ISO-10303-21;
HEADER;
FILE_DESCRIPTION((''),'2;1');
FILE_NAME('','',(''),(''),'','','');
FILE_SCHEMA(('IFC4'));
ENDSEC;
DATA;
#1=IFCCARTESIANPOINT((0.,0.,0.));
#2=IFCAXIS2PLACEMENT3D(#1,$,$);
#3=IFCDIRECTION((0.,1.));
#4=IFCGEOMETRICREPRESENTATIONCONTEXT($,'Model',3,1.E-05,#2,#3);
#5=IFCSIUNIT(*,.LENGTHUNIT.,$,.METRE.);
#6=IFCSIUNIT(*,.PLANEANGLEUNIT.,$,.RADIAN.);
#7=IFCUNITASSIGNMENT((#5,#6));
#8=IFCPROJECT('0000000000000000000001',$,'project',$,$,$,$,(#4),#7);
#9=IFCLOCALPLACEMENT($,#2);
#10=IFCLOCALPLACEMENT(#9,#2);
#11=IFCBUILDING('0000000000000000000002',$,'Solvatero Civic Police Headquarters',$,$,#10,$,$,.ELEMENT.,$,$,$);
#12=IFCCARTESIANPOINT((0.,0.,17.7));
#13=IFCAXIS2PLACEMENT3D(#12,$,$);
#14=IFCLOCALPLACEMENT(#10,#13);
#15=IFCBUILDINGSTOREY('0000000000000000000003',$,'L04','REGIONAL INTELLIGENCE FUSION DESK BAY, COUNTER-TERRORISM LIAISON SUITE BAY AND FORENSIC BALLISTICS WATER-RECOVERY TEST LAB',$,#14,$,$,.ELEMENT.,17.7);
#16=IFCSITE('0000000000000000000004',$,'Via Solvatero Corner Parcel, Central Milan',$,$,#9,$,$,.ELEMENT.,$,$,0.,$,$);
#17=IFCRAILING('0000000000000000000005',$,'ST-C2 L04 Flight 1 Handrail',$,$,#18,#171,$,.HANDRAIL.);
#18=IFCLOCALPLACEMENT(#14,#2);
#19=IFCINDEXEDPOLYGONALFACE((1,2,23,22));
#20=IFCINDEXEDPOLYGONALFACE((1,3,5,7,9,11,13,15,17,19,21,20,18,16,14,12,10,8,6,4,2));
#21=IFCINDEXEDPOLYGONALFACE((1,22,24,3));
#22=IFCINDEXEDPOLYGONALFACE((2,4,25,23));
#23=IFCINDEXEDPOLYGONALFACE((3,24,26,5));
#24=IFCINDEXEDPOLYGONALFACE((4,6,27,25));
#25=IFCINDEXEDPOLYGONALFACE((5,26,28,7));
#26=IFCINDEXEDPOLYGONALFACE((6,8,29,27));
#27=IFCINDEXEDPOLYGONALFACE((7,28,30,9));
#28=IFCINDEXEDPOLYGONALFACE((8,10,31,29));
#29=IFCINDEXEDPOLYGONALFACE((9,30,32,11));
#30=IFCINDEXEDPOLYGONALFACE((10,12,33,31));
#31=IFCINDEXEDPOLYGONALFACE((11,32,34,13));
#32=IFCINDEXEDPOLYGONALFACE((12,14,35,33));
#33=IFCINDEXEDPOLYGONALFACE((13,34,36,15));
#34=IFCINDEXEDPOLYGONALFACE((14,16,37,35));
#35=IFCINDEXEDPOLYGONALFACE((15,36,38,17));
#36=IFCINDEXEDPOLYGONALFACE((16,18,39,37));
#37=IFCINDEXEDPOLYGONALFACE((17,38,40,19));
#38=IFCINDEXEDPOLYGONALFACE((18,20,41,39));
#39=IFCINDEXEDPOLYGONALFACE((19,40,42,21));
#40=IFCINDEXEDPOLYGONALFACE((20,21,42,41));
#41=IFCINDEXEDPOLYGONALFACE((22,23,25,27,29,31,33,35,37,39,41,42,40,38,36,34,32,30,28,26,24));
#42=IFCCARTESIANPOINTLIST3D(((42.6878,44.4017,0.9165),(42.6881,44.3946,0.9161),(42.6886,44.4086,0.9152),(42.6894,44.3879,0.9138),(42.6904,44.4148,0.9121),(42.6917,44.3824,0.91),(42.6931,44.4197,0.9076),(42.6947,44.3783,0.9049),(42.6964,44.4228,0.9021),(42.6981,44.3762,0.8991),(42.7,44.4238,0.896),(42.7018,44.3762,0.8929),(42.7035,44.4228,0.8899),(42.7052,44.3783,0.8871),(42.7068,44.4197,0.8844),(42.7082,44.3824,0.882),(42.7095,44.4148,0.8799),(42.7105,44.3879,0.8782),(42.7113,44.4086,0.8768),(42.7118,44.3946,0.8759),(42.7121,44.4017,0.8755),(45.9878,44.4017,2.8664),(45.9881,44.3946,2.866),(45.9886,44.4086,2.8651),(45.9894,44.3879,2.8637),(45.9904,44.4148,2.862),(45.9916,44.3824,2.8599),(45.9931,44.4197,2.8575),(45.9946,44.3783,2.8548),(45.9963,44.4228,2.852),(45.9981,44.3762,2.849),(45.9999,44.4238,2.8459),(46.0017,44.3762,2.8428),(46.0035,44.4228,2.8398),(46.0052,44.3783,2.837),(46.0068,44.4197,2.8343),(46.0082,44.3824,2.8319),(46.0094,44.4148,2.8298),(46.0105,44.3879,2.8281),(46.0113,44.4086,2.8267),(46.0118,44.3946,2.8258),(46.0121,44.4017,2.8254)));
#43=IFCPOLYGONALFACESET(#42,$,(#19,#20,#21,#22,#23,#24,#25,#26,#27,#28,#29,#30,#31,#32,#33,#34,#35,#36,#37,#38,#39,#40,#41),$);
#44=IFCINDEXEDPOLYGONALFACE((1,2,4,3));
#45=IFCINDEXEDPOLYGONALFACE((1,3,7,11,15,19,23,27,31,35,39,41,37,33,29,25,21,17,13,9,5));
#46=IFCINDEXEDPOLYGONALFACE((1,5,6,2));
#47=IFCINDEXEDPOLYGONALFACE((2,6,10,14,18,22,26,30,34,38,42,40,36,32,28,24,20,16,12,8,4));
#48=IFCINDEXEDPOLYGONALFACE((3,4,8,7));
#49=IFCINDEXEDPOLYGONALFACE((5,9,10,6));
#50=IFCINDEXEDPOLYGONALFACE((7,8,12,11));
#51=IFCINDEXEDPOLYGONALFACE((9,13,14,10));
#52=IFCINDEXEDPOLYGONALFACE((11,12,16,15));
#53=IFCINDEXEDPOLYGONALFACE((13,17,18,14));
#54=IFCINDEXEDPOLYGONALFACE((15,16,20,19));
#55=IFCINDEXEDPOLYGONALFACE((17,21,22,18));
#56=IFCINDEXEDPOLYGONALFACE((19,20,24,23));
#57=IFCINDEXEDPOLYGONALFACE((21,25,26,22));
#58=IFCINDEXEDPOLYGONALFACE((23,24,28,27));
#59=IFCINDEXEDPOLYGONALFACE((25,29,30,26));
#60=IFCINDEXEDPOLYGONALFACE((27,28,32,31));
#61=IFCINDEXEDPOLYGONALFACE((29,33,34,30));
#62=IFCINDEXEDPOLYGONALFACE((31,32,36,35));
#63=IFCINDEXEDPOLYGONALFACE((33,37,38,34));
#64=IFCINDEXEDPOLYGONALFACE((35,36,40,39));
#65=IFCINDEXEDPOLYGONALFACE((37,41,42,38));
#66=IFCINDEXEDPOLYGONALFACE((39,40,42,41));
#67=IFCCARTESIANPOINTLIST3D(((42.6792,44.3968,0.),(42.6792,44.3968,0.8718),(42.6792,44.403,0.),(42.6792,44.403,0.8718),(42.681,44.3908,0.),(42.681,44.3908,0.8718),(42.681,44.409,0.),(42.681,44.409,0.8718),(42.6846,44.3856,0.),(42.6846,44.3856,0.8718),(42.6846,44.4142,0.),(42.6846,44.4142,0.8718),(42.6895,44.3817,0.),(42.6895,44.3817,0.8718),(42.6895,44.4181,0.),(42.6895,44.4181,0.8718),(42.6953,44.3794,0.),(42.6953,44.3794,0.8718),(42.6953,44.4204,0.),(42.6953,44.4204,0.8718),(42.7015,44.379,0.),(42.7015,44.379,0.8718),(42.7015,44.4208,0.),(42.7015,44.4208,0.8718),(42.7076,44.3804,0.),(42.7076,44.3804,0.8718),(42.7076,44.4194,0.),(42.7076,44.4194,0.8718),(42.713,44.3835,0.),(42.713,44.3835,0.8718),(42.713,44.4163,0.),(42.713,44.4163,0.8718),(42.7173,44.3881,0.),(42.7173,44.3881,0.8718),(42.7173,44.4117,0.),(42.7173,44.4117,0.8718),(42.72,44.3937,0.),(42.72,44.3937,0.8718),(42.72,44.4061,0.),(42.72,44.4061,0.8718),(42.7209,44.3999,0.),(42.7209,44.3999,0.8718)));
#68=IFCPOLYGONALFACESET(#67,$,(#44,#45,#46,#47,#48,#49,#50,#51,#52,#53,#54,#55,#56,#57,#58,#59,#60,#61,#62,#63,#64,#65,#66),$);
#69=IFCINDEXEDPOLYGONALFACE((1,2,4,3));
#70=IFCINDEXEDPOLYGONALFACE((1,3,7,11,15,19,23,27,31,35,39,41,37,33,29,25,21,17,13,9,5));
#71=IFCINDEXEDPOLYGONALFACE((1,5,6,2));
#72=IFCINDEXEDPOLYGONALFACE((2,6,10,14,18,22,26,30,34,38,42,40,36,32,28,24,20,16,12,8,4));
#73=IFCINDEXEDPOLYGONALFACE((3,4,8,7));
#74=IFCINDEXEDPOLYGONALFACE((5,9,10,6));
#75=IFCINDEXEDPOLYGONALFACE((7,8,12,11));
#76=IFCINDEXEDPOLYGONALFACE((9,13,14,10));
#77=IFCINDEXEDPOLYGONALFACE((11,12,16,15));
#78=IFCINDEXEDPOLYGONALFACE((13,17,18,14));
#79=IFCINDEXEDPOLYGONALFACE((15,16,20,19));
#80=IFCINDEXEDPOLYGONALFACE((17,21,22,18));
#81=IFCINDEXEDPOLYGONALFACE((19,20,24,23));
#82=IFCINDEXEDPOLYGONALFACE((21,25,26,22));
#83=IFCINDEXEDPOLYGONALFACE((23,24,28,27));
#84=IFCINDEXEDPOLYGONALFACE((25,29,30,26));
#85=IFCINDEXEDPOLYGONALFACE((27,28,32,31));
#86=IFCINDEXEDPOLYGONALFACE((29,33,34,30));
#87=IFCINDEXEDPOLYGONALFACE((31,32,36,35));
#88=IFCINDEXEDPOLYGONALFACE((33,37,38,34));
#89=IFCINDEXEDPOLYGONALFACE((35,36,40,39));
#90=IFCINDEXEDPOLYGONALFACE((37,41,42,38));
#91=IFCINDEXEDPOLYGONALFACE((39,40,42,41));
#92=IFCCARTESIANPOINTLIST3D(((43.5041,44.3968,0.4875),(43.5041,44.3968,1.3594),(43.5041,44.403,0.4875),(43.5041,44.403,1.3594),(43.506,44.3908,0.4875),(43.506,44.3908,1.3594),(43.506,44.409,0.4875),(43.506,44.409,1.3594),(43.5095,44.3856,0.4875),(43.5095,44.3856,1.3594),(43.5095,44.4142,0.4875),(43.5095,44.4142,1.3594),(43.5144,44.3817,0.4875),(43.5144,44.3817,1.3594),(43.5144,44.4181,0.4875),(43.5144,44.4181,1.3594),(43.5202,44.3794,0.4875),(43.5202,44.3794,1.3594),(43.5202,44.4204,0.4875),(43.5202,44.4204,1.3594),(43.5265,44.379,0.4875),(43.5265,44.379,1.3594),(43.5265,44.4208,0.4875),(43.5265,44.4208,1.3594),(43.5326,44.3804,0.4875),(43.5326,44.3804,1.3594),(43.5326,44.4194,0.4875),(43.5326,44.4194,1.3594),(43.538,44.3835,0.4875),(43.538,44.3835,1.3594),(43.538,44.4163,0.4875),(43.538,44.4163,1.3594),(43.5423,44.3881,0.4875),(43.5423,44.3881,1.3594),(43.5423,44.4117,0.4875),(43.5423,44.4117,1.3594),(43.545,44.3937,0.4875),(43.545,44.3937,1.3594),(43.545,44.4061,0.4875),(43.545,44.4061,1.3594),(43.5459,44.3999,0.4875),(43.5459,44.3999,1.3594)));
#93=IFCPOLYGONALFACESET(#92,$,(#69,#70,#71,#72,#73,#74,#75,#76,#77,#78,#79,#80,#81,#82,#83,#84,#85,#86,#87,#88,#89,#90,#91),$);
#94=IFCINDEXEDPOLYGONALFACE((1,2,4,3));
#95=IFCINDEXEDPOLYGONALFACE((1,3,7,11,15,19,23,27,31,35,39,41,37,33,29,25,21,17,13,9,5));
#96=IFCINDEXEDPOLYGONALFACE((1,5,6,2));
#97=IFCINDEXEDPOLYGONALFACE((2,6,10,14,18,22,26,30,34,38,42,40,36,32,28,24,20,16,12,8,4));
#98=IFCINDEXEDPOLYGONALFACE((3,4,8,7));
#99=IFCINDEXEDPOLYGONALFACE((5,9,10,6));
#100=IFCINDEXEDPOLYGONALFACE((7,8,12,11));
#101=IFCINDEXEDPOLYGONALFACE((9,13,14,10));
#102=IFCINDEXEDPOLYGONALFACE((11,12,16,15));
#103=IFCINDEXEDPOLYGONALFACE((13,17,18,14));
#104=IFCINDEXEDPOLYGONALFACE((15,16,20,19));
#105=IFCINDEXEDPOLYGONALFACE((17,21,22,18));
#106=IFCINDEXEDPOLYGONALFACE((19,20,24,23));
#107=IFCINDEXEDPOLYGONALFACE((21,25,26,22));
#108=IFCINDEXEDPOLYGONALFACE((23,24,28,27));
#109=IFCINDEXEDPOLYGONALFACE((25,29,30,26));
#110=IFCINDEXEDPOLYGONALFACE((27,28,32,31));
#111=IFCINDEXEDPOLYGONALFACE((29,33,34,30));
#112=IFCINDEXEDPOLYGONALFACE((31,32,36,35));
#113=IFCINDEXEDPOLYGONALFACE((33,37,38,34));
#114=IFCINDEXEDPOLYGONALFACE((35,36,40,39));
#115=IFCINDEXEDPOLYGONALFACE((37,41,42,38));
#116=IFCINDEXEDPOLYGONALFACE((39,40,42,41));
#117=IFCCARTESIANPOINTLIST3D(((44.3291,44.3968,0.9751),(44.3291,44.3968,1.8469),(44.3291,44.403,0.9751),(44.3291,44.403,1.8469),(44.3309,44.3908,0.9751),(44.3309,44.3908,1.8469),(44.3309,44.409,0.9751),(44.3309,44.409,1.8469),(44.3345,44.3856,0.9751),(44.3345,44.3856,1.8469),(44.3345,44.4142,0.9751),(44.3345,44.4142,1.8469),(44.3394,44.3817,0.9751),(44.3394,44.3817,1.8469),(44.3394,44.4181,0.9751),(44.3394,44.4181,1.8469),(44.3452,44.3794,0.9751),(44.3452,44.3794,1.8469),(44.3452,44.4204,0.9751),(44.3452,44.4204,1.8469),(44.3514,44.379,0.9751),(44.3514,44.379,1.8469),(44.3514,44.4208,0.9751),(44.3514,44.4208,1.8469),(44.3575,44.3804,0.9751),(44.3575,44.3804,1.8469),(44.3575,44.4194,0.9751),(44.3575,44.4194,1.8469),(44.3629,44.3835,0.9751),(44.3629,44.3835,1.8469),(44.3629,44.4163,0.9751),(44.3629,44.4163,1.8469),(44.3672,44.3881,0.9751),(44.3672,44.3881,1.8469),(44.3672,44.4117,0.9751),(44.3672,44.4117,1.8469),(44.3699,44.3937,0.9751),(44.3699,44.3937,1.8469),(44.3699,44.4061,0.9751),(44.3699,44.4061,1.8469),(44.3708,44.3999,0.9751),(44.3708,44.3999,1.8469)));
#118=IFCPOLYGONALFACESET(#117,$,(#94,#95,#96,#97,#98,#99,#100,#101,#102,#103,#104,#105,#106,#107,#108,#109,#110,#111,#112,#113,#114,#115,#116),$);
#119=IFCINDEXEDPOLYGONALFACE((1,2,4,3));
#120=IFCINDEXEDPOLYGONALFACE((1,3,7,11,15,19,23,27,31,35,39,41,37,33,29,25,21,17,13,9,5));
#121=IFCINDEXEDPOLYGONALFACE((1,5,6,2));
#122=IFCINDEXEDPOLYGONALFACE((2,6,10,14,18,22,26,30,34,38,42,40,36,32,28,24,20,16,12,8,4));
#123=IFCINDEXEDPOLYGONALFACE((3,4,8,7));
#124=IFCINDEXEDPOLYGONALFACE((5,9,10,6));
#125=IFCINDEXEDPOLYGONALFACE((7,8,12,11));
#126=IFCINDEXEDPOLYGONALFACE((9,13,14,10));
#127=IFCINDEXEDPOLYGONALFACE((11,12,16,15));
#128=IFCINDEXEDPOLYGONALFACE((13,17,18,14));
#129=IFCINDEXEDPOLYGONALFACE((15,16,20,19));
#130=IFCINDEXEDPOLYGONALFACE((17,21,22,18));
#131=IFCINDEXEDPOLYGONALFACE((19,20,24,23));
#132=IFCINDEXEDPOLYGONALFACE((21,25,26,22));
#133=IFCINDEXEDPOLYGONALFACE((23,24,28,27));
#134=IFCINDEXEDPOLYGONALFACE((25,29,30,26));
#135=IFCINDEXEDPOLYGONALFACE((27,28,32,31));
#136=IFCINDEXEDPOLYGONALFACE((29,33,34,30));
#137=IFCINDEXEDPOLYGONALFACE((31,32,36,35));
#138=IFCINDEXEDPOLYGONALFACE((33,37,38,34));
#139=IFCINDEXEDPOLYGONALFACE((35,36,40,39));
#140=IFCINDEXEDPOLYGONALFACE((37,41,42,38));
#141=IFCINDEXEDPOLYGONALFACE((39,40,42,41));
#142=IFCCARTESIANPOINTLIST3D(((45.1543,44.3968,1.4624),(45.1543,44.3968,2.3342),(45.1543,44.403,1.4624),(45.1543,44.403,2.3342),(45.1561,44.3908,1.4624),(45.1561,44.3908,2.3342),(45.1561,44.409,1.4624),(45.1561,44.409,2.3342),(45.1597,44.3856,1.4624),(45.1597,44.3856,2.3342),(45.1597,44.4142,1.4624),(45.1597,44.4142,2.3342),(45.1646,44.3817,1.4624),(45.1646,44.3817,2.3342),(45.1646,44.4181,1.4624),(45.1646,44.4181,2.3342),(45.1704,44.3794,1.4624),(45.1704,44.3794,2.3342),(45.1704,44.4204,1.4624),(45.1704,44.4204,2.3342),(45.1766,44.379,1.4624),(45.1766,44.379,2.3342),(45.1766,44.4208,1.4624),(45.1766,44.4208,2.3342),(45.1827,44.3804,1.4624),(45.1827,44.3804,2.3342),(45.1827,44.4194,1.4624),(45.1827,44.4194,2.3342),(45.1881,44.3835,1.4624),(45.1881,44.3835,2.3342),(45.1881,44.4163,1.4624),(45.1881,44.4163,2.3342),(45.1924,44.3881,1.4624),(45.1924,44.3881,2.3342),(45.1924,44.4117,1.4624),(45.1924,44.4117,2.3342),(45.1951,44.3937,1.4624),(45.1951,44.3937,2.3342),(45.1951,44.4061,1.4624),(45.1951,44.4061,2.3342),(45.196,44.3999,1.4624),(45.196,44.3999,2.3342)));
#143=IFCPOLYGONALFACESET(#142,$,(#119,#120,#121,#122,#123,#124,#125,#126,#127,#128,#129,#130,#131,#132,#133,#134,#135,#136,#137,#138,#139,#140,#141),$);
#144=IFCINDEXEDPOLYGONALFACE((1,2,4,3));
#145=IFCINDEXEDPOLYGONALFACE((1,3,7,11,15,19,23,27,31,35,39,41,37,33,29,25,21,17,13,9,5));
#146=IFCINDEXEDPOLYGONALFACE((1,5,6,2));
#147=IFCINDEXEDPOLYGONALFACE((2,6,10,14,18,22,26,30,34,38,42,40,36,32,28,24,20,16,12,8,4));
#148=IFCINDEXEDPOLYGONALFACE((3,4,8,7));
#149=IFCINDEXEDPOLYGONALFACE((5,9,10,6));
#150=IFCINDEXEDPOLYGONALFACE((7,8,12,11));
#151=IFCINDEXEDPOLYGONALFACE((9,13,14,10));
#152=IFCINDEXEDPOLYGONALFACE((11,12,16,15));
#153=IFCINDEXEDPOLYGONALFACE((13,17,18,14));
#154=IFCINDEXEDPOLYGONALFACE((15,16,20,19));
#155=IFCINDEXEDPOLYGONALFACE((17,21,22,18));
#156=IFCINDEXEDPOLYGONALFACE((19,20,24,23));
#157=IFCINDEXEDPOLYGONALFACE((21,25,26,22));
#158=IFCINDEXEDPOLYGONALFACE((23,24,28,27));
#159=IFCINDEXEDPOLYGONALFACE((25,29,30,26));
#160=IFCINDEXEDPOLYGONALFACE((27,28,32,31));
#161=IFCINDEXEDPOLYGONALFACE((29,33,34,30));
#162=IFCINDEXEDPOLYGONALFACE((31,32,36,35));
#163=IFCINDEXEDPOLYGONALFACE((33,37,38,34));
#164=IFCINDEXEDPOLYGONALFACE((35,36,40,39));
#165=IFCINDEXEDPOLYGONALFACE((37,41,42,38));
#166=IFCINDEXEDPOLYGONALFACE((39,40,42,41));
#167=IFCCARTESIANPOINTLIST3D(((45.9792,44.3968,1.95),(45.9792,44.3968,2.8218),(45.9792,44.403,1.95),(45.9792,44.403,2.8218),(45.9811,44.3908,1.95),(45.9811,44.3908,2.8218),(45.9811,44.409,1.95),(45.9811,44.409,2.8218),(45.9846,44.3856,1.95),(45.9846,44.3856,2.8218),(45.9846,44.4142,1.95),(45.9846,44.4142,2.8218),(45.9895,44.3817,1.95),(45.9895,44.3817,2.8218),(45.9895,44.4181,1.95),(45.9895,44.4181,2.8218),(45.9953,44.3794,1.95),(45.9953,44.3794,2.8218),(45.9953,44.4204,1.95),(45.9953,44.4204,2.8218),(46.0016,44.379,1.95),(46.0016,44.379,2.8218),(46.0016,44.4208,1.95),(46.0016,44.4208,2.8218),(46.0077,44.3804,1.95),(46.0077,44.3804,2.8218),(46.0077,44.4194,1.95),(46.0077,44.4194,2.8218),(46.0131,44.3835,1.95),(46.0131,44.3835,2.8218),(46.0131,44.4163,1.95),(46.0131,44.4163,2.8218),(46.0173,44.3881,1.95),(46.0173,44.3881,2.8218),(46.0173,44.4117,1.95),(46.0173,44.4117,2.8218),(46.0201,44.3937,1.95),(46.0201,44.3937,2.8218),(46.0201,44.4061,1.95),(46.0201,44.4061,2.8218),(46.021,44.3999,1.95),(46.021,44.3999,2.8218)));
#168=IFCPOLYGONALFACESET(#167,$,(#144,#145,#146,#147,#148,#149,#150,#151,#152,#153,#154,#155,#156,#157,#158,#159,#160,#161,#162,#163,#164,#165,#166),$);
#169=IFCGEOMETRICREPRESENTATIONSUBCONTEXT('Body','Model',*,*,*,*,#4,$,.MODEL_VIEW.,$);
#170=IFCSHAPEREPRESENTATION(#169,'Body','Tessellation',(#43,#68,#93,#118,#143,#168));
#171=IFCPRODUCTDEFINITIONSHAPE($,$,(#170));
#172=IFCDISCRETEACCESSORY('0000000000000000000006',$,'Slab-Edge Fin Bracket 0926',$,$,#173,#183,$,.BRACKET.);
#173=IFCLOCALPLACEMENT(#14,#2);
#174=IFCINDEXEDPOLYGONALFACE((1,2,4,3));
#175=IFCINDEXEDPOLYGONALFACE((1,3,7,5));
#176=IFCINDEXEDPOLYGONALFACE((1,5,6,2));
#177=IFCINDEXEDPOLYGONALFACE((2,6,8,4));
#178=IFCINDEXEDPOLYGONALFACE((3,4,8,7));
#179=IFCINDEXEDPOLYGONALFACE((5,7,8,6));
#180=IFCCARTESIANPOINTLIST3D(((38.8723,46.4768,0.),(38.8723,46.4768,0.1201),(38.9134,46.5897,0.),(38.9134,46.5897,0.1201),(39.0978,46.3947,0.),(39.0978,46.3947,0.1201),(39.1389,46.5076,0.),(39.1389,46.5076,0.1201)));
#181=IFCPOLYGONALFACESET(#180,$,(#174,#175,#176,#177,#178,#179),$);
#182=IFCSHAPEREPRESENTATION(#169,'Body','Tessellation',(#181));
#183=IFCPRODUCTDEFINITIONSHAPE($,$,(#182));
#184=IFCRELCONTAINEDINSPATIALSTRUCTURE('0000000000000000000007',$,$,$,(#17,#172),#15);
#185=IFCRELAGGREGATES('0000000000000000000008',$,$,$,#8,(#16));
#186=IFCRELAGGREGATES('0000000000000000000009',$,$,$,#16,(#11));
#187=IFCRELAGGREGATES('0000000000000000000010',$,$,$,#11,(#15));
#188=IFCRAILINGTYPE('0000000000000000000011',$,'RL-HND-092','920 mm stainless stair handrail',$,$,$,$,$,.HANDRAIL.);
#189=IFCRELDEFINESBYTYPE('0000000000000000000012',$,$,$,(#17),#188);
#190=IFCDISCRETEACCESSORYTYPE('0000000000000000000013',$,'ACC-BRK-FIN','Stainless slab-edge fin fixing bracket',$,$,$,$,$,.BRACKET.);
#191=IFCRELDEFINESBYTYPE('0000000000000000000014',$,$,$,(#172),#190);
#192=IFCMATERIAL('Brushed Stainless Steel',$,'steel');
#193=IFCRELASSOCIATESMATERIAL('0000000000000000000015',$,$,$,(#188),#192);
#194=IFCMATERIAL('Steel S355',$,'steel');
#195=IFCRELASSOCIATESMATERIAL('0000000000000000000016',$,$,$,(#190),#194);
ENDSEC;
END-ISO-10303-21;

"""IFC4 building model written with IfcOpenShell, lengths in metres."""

from ifc_helpers import new_model, si_unit, direction, frame, origin, origin_2d, place, context, subcontext, project, spatial, rectangle, circle, extrude, material, type_object, element, save


model = new_model("IFC4")

# Units and contexts
model_context = context("Model", 3, precision=1e-05, world=origin(), true_north=direction((0.0, 1.0)))
body_context = subcontext(model_context, "Body", "Model", "MODEL_VIEW")
ifc_project = project(units=[si_unit("LENGTHUNIT", "METRE"), si_unit("PLANEANGLEUNIT", "RADIAN")], contexts=[model_context])

# Site, building, storey
site_placement = place(None, origin())
site = spatial("IfcSite", under=ifc_project, at=site_placement, Name="Via Solvatero Corner Parcel, Central Milan", CompositionType="ELEMENT", RefElevation=0.0)
building_placement = place(site_placement, origin())
building = spatial("IfcBuilding", under=site, at=building_placement, Name="Solvatero Civic Police Headquarters", CompositionType="ELEMENT")
storey_placement = place(building_placement, frame((0.0, 0.0, 17.7)))
storey = spatial("IfcBuildingStorey", under=building, at=storey_placement, Name="L04", Description="REGIONAL INTELLIGENCE FUSION DESK BAY, COUNTER-TERRORISM LIAISON SUITE BAY AND FORENSIC BALLISTICS WATER-RECOVERY TEST LAB", CompositionType="ELEMENT", Elevation=17.7)

# Shared definitions
ifc_material_1 = material(Name="Steel S355", Category="steel")

# Railing
ifc_material_2 = material(Name="Brushed Stainless Steel", Category="steel")
railing_type_1 = type_object("IfcRailingType", Name="RL-HND-092", Description="920 mm stainless stair handrail", PredefinedType="HANDRAIL", material=ifc_material_2)
railing_1_placement = place(storey_placement, frame((42.7, 44.3999, 0.0)))
element("IfcRailing", 1, at=railing_1_placement, inside=storey, type_object=railing_type_1, Name="ST-C2 L04 Flight 1 Handrail", PredefinedType="HANDRAIL", context=body_context, shape_type="SweptSolid", body=[
    extrude(circle(Radius=0.0239, at=origin_2d()), frame((0.0, 0.0, 0.896), z_axis=(0.860935, 0.0, 0.508714), x_axis=(0.0, 1.0, 0.0)), (0.0, 0.0, 1.0), 3.833),
    extrude(circle(Radius=0.021, at=origin_2d()), origin(), (0.0, 0.0, 1.0), 0.8718),
    extrude(circle(Radius=0.021, at=origin_2d()), frame((0.825, 0.0, 0.4875)), (0.0, 0.0, 1.0), 0.8718),
    extrude(circle(Radius=0.021, at=origin_2d()), frame((1.6499, 0.0, 0.9751)), (0.0, 0.0, 1.0), 0.8718),
    extrude(circle(Radius=0.021, at=origin_2d()), frame((2.4751, 0.0, 1.4624)), (0.0, 0.0, 1.0), 0.8718),
    extrude(circle(Radius=0.021, at=origin_2d()), frame((3.3, 0.0, 1.95)), (0.0, 0.0, 1.0), 0.8718),
])

# Discrete accessory
discrete_accessory_type = type_object("IfcDiscreteAccessoryType", Name="ACC-BRK-FIN", Description="Stainless slab-edge fin fixing bracket", PredefinedType="BRACKET", material=ifc_material_1)
discrete_accessory_placement = place(storey_placement, frame((39.0056, 46.4922, 0.0), z_axis=(0.0, 0.0, 1.0), x_axis=(-0.34202, -0.939693, 0.0)))
element("IfcDiscreteAccessory", 2, at=discrete_accessory_placement, inside=storey, type_object=discrete_accessory_type, Name="Slab-Edge Fin Bracket 0926", PredefinedType="BRACKET", context=body_context, shape_type="SweptSolid", body=[
    extrude(rectangle(XDim=0.1201, YDim=0.24, at=origin_2d()), origin(), (0.0, 0.0, 1.0), 0.1201),
])

save(model, "model.ifc")
